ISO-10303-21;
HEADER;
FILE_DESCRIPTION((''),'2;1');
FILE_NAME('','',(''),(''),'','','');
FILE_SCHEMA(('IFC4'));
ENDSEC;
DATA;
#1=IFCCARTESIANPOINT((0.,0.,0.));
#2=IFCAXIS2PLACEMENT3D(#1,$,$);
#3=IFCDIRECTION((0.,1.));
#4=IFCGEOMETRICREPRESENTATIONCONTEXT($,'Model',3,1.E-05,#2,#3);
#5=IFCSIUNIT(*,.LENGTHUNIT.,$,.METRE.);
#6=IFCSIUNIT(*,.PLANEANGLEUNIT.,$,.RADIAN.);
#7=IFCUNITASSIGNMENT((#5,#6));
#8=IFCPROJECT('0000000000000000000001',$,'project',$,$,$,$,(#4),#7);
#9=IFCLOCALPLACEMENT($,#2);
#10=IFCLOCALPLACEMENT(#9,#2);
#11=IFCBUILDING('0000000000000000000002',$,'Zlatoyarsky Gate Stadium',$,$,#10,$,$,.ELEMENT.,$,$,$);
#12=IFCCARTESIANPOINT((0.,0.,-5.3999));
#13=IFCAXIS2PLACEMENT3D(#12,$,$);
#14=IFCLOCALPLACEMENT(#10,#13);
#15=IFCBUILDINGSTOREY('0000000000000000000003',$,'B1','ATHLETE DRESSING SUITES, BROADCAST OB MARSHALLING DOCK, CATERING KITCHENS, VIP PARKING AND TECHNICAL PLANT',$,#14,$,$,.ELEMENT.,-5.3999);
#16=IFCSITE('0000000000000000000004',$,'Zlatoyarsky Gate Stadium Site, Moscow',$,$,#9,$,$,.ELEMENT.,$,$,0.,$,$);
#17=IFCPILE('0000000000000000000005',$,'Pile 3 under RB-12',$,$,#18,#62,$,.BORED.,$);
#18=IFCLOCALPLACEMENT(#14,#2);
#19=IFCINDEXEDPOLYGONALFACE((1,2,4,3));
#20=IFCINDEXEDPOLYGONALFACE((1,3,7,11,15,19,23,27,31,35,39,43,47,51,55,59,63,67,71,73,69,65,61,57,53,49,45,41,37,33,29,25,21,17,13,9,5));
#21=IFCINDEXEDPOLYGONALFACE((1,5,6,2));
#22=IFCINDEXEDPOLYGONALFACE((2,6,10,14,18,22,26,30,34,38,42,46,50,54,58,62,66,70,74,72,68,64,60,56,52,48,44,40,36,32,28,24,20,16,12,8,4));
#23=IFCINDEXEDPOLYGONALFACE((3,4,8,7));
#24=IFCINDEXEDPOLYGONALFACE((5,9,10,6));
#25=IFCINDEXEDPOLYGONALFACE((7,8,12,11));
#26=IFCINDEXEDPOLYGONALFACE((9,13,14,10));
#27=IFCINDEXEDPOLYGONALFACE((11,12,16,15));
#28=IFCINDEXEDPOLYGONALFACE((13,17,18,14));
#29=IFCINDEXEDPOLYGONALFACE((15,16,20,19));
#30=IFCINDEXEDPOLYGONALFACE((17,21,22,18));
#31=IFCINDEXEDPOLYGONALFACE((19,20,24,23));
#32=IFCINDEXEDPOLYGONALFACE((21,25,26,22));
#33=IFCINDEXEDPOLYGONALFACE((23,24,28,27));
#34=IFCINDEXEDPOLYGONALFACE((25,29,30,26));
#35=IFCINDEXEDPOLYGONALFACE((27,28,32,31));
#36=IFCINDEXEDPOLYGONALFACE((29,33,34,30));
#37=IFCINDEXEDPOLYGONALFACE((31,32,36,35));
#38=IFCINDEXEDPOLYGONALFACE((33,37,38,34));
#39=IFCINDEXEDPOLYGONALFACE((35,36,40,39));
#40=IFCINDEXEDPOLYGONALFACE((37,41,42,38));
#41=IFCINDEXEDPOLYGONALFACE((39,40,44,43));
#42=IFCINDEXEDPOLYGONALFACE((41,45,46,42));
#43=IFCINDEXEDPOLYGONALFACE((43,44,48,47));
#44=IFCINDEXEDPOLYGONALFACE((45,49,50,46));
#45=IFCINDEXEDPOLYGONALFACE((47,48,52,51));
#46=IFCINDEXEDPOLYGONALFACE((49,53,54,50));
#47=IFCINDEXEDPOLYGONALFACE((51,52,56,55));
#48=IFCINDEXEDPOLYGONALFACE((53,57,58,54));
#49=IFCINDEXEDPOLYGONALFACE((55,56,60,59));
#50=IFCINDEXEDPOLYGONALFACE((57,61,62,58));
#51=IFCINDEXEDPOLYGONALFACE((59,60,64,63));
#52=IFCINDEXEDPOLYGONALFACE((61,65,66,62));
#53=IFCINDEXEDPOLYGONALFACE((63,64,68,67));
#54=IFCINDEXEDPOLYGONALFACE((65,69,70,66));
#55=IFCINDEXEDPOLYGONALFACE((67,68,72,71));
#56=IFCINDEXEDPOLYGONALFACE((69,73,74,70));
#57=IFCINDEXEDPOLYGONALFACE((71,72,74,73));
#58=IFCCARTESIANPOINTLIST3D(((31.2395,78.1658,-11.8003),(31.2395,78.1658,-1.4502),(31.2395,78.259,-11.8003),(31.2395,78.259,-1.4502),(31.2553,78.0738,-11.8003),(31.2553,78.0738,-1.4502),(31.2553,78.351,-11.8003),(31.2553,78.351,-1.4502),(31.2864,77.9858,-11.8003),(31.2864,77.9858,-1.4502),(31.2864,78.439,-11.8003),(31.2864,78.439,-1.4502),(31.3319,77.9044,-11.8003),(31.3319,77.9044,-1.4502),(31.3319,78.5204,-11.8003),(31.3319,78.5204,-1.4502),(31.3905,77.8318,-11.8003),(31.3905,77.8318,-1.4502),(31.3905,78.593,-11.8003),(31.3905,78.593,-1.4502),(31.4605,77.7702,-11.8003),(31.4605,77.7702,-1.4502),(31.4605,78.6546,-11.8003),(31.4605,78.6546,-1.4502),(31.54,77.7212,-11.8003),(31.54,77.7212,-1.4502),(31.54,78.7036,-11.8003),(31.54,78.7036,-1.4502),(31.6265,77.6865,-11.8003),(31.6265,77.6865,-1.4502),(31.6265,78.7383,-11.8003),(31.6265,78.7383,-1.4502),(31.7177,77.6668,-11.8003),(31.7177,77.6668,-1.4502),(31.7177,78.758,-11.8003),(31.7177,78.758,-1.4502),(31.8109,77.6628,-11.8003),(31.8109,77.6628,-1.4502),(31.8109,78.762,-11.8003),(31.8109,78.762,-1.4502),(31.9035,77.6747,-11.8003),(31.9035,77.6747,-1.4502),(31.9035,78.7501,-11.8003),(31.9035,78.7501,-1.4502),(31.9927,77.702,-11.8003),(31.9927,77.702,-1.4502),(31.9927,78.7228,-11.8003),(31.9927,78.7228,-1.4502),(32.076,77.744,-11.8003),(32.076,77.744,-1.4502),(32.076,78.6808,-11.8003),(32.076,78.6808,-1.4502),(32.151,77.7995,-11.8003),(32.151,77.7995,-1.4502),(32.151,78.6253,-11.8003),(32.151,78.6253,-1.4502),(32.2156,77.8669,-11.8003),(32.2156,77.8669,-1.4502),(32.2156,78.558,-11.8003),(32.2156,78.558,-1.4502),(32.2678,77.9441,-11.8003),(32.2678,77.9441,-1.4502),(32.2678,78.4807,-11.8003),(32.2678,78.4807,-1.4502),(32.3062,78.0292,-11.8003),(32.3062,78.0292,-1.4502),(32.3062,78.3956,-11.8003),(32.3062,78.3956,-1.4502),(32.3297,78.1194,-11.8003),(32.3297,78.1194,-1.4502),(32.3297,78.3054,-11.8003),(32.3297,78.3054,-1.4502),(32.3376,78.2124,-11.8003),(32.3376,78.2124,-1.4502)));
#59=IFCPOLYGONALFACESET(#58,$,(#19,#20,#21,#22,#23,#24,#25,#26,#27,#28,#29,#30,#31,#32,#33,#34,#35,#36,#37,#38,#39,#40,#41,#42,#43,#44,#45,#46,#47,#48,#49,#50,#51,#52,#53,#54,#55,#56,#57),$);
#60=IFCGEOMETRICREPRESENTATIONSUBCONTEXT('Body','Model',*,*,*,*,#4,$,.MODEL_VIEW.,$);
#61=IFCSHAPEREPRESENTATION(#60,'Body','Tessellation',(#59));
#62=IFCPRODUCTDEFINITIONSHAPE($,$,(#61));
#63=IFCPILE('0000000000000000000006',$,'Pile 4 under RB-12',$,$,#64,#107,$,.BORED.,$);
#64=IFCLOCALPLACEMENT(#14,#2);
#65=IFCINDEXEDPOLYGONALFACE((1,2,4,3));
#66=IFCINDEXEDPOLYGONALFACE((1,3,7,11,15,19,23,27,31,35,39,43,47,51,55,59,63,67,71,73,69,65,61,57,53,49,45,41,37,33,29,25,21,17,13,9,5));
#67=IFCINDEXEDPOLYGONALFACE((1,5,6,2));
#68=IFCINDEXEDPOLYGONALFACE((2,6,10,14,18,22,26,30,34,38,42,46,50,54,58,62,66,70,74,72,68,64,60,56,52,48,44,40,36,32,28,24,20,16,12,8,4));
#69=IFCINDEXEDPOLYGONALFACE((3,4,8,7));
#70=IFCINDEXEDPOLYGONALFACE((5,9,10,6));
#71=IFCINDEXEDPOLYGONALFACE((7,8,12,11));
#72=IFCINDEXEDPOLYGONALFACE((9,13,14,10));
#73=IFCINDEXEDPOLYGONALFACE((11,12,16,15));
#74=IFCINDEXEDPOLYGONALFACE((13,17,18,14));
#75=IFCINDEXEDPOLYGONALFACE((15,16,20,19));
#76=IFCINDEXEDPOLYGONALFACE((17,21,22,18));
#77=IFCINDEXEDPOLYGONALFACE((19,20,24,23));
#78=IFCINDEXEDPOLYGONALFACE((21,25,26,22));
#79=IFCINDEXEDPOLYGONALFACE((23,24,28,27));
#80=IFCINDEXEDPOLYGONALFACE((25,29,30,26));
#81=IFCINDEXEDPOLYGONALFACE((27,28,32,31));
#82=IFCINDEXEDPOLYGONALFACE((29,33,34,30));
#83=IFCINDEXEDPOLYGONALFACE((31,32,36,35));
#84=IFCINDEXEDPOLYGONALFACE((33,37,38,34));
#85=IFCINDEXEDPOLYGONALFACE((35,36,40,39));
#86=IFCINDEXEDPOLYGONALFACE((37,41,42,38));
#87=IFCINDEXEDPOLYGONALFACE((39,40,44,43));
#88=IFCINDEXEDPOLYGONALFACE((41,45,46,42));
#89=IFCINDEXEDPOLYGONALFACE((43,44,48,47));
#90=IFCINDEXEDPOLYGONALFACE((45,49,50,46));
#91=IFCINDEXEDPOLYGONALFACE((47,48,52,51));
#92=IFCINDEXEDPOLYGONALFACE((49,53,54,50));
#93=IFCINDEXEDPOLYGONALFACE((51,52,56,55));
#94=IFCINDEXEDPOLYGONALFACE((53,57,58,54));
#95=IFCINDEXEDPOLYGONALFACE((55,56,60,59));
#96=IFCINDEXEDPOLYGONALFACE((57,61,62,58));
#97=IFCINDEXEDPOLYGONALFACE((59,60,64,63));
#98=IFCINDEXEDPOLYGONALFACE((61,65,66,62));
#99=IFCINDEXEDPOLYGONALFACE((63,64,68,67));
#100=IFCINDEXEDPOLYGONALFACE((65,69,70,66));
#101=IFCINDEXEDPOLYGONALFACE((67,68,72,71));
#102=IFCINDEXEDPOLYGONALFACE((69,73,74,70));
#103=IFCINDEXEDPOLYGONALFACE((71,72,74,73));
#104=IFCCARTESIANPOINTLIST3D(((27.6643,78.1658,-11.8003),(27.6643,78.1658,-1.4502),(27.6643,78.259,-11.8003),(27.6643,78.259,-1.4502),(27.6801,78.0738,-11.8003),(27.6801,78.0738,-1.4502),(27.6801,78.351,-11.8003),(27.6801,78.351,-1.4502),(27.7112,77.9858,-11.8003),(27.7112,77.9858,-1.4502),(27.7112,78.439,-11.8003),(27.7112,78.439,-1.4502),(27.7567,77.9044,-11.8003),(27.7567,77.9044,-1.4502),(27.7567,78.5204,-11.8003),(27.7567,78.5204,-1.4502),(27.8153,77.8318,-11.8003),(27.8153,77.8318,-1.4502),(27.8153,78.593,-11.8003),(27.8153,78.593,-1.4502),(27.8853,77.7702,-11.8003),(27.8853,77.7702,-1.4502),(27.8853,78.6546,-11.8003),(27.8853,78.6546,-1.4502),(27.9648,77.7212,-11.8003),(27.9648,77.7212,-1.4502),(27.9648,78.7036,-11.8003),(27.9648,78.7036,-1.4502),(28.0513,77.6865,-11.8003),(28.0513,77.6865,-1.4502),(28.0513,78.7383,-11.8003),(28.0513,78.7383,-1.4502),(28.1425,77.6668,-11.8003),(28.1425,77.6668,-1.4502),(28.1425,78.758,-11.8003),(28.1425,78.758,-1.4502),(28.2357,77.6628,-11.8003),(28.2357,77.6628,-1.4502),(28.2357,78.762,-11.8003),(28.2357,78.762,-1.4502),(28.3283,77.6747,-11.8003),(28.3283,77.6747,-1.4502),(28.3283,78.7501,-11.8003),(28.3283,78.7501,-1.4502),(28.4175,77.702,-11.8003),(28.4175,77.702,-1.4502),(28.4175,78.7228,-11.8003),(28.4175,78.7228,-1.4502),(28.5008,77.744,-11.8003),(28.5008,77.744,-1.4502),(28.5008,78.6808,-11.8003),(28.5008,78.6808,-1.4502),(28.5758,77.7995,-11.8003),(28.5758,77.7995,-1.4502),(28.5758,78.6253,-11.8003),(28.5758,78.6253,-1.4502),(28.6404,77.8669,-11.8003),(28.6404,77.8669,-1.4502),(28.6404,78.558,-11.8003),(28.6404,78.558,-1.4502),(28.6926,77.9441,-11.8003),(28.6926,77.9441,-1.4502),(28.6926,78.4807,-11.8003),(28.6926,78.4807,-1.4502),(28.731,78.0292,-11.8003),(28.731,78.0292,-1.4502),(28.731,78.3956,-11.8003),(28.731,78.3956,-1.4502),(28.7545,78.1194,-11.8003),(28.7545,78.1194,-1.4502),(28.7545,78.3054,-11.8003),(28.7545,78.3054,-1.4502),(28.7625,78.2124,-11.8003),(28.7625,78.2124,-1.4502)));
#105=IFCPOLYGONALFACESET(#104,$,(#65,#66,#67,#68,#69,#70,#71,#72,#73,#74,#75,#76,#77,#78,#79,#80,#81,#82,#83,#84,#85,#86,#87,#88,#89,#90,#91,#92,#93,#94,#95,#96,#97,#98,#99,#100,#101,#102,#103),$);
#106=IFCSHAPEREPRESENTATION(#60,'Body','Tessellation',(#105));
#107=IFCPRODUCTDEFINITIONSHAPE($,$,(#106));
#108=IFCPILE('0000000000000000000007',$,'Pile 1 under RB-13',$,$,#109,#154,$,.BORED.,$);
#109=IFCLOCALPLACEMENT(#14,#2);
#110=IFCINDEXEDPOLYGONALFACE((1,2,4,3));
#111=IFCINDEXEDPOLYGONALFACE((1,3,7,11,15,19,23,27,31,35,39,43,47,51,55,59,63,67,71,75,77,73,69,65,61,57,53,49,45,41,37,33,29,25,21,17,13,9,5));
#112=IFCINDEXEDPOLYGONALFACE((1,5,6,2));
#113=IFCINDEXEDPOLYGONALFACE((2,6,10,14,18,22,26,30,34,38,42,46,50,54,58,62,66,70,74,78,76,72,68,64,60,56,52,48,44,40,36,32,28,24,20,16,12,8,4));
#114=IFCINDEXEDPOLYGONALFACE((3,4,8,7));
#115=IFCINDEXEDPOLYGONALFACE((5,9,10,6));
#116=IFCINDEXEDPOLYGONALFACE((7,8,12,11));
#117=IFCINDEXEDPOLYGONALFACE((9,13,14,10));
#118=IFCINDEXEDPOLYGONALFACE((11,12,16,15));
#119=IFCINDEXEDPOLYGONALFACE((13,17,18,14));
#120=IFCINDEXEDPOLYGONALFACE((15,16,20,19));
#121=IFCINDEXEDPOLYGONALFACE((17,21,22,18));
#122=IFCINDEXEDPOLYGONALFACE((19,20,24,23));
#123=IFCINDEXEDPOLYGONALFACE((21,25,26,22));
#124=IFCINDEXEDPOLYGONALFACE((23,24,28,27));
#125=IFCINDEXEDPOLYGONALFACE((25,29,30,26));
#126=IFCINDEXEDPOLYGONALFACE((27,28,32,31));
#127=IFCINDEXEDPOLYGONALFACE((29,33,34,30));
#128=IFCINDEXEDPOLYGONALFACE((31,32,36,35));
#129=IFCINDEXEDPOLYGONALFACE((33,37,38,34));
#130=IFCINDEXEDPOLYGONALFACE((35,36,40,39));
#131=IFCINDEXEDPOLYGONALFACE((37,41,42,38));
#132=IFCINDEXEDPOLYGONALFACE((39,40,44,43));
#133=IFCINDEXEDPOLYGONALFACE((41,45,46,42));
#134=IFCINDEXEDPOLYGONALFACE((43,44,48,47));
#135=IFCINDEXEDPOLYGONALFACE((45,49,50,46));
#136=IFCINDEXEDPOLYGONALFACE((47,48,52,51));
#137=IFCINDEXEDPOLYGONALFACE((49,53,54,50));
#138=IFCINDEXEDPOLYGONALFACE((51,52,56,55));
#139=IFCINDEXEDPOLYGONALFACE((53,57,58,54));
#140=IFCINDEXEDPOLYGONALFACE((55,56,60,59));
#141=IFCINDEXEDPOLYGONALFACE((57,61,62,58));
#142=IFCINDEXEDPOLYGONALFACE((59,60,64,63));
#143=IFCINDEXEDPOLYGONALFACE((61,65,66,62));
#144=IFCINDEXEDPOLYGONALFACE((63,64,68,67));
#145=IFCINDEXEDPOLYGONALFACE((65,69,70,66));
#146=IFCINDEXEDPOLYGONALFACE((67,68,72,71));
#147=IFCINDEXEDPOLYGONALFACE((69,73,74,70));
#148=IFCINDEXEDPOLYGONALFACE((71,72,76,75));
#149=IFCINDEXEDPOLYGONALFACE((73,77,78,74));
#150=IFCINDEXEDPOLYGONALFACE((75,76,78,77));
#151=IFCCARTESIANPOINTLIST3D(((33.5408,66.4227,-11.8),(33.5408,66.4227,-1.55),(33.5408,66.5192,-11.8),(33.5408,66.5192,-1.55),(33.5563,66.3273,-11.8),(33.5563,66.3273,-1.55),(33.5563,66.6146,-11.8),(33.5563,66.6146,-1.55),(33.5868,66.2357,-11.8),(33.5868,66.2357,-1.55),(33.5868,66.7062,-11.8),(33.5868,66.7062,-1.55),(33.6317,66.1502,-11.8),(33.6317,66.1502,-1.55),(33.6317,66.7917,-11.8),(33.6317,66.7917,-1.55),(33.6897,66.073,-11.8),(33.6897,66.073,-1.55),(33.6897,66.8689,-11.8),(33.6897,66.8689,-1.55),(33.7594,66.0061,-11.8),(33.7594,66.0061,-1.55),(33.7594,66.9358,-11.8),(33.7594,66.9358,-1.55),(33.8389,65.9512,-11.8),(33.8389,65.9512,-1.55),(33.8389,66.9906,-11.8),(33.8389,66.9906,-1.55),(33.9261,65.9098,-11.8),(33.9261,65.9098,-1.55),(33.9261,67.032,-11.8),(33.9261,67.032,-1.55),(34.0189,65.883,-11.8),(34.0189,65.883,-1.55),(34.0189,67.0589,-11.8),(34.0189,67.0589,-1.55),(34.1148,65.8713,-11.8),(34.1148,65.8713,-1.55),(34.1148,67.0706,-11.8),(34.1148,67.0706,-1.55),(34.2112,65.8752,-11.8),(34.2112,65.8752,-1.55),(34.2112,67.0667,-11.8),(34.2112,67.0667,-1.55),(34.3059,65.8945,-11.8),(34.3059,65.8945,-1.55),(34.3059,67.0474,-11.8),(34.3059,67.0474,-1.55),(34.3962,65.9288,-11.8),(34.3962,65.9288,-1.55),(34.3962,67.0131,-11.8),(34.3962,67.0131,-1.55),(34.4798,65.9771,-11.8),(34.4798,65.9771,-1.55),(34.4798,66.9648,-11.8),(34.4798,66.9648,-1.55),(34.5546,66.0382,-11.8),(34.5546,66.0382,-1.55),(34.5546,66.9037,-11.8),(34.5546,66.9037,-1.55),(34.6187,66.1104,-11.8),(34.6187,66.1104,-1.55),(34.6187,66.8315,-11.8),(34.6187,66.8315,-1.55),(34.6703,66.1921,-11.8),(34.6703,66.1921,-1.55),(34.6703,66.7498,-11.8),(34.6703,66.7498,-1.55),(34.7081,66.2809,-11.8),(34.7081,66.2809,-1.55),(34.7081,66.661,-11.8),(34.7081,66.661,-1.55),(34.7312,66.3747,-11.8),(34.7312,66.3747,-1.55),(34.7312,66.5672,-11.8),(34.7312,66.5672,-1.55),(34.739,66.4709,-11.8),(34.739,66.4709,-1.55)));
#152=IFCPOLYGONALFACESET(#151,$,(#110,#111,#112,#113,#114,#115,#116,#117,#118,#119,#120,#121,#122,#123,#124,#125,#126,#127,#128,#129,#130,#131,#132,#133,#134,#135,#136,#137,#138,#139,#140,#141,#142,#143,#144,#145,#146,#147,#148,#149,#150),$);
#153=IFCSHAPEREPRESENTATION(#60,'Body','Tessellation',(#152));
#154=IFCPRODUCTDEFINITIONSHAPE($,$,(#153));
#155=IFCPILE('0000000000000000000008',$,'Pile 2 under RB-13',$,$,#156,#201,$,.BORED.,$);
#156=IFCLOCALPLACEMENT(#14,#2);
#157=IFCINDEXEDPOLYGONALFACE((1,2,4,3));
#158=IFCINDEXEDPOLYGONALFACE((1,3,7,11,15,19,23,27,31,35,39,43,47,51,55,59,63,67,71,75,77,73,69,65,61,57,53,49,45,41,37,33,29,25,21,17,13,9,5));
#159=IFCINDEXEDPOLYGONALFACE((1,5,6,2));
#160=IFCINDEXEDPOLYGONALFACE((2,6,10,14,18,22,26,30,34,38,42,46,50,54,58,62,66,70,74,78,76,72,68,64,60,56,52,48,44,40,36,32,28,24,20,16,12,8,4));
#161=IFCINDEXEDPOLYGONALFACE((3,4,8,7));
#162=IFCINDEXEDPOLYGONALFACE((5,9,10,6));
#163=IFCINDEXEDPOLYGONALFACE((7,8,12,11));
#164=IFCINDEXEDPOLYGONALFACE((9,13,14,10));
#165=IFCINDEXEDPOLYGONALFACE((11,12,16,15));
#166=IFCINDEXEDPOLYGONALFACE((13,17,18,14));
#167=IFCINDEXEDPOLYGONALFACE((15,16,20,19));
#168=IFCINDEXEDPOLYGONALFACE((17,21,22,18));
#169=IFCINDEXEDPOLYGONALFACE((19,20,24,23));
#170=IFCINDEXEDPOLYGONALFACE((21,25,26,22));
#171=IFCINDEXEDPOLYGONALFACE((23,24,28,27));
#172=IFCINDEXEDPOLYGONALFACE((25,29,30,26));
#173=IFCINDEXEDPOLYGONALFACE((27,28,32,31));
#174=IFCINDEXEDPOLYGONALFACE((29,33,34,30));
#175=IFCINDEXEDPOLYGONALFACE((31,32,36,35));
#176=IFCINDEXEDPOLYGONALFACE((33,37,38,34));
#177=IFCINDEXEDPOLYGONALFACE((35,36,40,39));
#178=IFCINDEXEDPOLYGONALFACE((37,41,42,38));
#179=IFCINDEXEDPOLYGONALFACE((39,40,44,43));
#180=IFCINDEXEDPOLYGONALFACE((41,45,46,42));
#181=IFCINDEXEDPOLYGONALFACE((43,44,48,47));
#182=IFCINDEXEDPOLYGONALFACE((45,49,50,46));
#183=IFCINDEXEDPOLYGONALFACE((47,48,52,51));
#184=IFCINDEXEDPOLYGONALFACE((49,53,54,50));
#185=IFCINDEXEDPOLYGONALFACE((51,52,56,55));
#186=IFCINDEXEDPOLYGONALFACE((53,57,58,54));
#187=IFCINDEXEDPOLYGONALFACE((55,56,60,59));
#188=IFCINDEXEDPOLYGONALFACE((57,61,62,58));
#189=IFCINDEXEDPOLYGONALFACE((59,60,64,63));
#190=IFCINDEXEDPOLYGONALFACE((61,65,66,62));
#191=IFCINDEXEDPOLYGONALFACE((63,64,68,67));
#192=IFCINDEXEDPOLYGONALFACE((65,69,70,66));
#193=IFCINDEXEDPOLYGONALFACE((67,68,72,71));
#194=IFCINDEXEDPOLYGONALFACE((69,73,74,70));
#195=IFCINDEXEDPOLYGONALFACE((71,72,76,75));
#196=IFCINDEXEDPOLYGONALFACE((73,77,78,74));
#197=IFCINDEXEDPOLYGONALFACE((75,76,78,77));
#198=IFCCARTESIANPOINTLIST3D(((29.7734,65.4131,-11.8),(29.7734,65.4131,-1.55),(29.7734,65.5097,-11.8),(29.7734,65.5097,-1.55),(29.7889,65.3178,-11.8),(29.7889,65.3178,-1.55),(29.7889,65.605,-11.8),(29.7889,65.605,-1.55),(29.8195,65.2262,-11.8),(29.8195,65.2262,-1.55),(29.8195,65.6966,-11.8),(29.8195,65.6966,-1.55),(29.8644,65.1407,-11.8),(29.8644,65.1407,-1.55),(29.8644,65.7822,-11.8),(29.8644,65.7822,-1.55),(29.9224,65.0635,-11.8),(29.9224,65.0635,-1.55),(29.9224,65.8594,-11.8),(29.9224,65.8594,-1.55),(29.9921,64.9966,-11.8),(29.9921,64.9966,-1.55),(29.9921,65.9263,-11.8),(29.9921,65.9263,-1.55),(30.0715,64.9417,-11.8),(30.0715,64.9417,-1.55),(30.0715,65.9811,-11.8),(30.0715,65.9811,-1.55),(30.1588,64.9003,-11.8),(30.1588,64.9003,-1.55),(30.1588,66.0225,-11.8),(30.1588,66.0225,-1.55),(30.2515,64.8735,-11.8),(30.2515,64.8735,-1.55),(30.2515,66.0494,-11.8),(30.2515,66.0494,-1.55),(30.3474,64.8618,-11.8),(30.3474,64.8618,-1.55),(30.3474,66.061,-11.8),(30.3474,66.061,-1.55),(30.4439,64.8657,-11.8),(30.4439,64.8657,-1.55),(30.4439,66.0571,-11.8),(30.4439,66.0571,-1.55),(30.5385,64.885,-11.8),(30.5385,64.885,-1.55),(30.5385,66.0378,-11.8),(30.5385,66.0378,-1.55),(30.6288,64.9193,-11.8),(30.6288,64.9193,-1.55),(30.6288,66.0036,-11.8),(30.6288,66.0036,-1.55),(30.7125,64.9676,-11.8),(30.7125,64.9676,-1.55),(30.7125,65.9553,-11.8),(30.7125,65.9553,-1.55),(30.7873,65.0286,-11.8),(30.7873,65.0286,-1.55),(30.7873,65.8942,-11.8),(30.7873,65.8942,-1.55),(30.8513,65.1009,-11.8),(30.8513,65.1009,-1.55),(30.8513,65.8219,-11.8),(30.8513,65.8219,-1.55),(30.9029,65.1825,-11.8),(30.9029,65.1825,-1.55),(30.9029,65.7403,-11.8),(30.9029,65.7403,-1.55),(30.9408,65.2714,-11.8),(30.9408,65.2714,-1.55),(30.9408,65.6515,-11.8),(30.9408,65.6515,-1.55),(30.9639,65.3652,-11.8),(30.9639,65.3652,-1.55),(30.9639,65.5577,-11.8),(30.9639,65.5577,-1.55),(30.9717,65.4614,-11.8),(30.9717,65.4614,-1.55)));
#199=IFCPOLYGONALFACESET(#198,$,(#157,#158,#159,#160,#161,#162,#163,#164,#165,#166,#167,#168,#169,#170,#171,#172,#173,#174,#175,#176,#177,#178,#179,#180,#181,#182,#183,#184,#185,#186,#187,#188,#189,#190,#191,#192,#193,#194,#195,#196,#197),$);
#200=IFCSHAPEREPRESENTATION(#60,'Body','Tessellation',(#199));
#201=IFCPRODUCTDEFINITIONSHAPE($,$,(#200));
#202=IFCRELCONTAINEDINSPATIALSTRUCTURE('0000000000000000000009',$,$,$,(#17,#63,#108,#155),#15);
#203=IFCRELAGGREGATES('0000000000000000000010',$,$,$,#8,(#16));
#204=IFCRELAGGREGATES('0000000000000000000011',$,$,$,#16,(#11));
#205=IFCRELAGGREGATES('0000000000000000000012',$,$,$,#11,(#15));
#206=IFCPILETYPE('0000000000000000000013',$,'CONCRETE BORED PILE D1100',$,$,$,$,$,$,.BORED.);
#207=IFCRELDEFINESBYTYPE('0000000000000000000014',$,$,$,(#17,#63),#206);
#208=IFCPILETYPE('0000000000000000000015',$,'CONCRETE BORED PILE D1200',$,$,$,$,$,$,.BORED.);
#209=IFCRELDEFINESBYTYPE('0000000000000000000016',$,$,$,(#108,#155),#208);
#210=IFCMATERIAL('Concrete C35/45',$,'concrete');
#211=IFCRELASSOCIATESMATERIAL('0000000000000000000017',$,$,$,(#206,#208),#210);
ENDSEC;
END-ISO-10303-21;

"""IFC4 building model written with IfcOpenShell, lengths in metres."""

from ifc_helpers import new_model, si_unit, direction, frame, origin, origin_2d, place, context, subcontext, project, spatial, circle, extrude, material, material_profile, profile_set, type_object, element, save


model = new_model("IFC4")

# Units and contexts
model_context = context("Model", 3, precision=1e-05, world=origin(), true_north=direction((0.0, 1.0)))
body_context = subcontext(model_context, "Body", "Model", "MODEL_VIEW")
ifc_project = project(units=[si_unit("LENGTHUNIT", "METRE"), si_unit("PLANEANGLEUNIT", "RADIAN")], contexts=[model_context])

# Site, building, storey
site_placement = place(None, origin())
site = spatial("IfcSite", under=ifc_project, at=site_placement, Name="Zlatoyarsky Gate Stadium Site, Moscow", CompositionType="ELEMENT", RefElevation=0.0)
building_placement = place(site_placement, origin())
building = spatial("IfcBuilding", under=site, at=building_placement, Name="Zlatoyarsky Gate Stadium", CompositionType="ELEMENT")
storey_placement = place(building_placement, frame((0.0, 0.0, -5.3999)))
storey = spatial("IfcBuildingStorey", under=building, at=storey_placement, Name="B1", Description="ATHLETE DRESSING SUITES, BROADCAST OB MARSHALLING DOCK, CATERING KITCHENS, VIP PARKING AND TECHNICAL PLANT", CompositionType="ELEMENT", Elevation=-5.3999)

# Piles
ifc_material_1 = material(Name="Concrete C35/45", Category="concrete")
ifc_material_profile_1 = material_profile(ifc_material_1, circle(Radius=0.55, at=origin_2d()), Name="BORED PILE D1100")
ifc_profile_set_1 = profile_set([ifc_material_profile_1], Name="Concrete C35/45")
pile_type_1 = type_object("IfcPileType", Name="CONCRETE BORED PILE D1100", PredefinedType="BORED", material=ifc_profile_set_1)
for number, where, z_axis, x_axis, name in (
    (1, (31.7876, 78.2124, -1.4502), (0.0, 0.0, -1.0), (1.0, 0.0, 0.0), "Pile 3 under RB-12"),
    (2, (28.2124, 78.2124, -1.4502), (0.0, 0.0, -1.0), (1.0, 0.0, 0.0), "Pile 4 under RB-12"),
):
    element("IfcPile", number, at=place(storey_placement, frame(where, z_axis=z_axis, x_axis=x_axis)), inside=storey, type_object=pile_type_1, Name=name, PredefinedType="BORED", context=body_context, shape_type="SweptSolid", body=[
        extrude(circle(Radius=0.55, at=origin_2d()), origin(), (0.0, 0.0, 1.0), 10.3501),
    ])
ifc_material_profile_2 = material_profile(ifc_material_1, circle(Radius=0.6001, at=origin_2d()), Name="BORED PILE D1200")
ifc_profile_set_2 = profile_set([ifc_material_profile_2], Name="Concrete C35/45")
pile_type_2 = type_object("IfcPileType", Name="CONCRETE BORED PILE D1200", PredefinedType="BORED", material=ifc_profile_set_2)
for number, where, z_axis, x_axis, name in (
    (3, (34.1389, 66.4709, -1.55), (0.0, 0.0, -1.0), (1.0, 0.0, 0.0), "Pile 1 under RB-13"),
    (4, (30.3716, 65.4614, -1.55), (0.0, 0.0, -1.0), (1.0, 0.0, 0.0), "Pile 2 under RB-13"),
):
    element("IfcPile", number, at=place(storey_placement, frame(where, z_axis=z_axis, x_axis=x_axis)), inside=storey, type_object=pile_type_2, Name=name, PredefinedType="BORED", context=body_context, shape_type="SweptSolid", body=[
        extrude(circle(Radius=0.6001, at=origin_2d()), origin(), (0.0, 0.0, 1.0), 10.25),
    ])

save(model, "model.ifc")
